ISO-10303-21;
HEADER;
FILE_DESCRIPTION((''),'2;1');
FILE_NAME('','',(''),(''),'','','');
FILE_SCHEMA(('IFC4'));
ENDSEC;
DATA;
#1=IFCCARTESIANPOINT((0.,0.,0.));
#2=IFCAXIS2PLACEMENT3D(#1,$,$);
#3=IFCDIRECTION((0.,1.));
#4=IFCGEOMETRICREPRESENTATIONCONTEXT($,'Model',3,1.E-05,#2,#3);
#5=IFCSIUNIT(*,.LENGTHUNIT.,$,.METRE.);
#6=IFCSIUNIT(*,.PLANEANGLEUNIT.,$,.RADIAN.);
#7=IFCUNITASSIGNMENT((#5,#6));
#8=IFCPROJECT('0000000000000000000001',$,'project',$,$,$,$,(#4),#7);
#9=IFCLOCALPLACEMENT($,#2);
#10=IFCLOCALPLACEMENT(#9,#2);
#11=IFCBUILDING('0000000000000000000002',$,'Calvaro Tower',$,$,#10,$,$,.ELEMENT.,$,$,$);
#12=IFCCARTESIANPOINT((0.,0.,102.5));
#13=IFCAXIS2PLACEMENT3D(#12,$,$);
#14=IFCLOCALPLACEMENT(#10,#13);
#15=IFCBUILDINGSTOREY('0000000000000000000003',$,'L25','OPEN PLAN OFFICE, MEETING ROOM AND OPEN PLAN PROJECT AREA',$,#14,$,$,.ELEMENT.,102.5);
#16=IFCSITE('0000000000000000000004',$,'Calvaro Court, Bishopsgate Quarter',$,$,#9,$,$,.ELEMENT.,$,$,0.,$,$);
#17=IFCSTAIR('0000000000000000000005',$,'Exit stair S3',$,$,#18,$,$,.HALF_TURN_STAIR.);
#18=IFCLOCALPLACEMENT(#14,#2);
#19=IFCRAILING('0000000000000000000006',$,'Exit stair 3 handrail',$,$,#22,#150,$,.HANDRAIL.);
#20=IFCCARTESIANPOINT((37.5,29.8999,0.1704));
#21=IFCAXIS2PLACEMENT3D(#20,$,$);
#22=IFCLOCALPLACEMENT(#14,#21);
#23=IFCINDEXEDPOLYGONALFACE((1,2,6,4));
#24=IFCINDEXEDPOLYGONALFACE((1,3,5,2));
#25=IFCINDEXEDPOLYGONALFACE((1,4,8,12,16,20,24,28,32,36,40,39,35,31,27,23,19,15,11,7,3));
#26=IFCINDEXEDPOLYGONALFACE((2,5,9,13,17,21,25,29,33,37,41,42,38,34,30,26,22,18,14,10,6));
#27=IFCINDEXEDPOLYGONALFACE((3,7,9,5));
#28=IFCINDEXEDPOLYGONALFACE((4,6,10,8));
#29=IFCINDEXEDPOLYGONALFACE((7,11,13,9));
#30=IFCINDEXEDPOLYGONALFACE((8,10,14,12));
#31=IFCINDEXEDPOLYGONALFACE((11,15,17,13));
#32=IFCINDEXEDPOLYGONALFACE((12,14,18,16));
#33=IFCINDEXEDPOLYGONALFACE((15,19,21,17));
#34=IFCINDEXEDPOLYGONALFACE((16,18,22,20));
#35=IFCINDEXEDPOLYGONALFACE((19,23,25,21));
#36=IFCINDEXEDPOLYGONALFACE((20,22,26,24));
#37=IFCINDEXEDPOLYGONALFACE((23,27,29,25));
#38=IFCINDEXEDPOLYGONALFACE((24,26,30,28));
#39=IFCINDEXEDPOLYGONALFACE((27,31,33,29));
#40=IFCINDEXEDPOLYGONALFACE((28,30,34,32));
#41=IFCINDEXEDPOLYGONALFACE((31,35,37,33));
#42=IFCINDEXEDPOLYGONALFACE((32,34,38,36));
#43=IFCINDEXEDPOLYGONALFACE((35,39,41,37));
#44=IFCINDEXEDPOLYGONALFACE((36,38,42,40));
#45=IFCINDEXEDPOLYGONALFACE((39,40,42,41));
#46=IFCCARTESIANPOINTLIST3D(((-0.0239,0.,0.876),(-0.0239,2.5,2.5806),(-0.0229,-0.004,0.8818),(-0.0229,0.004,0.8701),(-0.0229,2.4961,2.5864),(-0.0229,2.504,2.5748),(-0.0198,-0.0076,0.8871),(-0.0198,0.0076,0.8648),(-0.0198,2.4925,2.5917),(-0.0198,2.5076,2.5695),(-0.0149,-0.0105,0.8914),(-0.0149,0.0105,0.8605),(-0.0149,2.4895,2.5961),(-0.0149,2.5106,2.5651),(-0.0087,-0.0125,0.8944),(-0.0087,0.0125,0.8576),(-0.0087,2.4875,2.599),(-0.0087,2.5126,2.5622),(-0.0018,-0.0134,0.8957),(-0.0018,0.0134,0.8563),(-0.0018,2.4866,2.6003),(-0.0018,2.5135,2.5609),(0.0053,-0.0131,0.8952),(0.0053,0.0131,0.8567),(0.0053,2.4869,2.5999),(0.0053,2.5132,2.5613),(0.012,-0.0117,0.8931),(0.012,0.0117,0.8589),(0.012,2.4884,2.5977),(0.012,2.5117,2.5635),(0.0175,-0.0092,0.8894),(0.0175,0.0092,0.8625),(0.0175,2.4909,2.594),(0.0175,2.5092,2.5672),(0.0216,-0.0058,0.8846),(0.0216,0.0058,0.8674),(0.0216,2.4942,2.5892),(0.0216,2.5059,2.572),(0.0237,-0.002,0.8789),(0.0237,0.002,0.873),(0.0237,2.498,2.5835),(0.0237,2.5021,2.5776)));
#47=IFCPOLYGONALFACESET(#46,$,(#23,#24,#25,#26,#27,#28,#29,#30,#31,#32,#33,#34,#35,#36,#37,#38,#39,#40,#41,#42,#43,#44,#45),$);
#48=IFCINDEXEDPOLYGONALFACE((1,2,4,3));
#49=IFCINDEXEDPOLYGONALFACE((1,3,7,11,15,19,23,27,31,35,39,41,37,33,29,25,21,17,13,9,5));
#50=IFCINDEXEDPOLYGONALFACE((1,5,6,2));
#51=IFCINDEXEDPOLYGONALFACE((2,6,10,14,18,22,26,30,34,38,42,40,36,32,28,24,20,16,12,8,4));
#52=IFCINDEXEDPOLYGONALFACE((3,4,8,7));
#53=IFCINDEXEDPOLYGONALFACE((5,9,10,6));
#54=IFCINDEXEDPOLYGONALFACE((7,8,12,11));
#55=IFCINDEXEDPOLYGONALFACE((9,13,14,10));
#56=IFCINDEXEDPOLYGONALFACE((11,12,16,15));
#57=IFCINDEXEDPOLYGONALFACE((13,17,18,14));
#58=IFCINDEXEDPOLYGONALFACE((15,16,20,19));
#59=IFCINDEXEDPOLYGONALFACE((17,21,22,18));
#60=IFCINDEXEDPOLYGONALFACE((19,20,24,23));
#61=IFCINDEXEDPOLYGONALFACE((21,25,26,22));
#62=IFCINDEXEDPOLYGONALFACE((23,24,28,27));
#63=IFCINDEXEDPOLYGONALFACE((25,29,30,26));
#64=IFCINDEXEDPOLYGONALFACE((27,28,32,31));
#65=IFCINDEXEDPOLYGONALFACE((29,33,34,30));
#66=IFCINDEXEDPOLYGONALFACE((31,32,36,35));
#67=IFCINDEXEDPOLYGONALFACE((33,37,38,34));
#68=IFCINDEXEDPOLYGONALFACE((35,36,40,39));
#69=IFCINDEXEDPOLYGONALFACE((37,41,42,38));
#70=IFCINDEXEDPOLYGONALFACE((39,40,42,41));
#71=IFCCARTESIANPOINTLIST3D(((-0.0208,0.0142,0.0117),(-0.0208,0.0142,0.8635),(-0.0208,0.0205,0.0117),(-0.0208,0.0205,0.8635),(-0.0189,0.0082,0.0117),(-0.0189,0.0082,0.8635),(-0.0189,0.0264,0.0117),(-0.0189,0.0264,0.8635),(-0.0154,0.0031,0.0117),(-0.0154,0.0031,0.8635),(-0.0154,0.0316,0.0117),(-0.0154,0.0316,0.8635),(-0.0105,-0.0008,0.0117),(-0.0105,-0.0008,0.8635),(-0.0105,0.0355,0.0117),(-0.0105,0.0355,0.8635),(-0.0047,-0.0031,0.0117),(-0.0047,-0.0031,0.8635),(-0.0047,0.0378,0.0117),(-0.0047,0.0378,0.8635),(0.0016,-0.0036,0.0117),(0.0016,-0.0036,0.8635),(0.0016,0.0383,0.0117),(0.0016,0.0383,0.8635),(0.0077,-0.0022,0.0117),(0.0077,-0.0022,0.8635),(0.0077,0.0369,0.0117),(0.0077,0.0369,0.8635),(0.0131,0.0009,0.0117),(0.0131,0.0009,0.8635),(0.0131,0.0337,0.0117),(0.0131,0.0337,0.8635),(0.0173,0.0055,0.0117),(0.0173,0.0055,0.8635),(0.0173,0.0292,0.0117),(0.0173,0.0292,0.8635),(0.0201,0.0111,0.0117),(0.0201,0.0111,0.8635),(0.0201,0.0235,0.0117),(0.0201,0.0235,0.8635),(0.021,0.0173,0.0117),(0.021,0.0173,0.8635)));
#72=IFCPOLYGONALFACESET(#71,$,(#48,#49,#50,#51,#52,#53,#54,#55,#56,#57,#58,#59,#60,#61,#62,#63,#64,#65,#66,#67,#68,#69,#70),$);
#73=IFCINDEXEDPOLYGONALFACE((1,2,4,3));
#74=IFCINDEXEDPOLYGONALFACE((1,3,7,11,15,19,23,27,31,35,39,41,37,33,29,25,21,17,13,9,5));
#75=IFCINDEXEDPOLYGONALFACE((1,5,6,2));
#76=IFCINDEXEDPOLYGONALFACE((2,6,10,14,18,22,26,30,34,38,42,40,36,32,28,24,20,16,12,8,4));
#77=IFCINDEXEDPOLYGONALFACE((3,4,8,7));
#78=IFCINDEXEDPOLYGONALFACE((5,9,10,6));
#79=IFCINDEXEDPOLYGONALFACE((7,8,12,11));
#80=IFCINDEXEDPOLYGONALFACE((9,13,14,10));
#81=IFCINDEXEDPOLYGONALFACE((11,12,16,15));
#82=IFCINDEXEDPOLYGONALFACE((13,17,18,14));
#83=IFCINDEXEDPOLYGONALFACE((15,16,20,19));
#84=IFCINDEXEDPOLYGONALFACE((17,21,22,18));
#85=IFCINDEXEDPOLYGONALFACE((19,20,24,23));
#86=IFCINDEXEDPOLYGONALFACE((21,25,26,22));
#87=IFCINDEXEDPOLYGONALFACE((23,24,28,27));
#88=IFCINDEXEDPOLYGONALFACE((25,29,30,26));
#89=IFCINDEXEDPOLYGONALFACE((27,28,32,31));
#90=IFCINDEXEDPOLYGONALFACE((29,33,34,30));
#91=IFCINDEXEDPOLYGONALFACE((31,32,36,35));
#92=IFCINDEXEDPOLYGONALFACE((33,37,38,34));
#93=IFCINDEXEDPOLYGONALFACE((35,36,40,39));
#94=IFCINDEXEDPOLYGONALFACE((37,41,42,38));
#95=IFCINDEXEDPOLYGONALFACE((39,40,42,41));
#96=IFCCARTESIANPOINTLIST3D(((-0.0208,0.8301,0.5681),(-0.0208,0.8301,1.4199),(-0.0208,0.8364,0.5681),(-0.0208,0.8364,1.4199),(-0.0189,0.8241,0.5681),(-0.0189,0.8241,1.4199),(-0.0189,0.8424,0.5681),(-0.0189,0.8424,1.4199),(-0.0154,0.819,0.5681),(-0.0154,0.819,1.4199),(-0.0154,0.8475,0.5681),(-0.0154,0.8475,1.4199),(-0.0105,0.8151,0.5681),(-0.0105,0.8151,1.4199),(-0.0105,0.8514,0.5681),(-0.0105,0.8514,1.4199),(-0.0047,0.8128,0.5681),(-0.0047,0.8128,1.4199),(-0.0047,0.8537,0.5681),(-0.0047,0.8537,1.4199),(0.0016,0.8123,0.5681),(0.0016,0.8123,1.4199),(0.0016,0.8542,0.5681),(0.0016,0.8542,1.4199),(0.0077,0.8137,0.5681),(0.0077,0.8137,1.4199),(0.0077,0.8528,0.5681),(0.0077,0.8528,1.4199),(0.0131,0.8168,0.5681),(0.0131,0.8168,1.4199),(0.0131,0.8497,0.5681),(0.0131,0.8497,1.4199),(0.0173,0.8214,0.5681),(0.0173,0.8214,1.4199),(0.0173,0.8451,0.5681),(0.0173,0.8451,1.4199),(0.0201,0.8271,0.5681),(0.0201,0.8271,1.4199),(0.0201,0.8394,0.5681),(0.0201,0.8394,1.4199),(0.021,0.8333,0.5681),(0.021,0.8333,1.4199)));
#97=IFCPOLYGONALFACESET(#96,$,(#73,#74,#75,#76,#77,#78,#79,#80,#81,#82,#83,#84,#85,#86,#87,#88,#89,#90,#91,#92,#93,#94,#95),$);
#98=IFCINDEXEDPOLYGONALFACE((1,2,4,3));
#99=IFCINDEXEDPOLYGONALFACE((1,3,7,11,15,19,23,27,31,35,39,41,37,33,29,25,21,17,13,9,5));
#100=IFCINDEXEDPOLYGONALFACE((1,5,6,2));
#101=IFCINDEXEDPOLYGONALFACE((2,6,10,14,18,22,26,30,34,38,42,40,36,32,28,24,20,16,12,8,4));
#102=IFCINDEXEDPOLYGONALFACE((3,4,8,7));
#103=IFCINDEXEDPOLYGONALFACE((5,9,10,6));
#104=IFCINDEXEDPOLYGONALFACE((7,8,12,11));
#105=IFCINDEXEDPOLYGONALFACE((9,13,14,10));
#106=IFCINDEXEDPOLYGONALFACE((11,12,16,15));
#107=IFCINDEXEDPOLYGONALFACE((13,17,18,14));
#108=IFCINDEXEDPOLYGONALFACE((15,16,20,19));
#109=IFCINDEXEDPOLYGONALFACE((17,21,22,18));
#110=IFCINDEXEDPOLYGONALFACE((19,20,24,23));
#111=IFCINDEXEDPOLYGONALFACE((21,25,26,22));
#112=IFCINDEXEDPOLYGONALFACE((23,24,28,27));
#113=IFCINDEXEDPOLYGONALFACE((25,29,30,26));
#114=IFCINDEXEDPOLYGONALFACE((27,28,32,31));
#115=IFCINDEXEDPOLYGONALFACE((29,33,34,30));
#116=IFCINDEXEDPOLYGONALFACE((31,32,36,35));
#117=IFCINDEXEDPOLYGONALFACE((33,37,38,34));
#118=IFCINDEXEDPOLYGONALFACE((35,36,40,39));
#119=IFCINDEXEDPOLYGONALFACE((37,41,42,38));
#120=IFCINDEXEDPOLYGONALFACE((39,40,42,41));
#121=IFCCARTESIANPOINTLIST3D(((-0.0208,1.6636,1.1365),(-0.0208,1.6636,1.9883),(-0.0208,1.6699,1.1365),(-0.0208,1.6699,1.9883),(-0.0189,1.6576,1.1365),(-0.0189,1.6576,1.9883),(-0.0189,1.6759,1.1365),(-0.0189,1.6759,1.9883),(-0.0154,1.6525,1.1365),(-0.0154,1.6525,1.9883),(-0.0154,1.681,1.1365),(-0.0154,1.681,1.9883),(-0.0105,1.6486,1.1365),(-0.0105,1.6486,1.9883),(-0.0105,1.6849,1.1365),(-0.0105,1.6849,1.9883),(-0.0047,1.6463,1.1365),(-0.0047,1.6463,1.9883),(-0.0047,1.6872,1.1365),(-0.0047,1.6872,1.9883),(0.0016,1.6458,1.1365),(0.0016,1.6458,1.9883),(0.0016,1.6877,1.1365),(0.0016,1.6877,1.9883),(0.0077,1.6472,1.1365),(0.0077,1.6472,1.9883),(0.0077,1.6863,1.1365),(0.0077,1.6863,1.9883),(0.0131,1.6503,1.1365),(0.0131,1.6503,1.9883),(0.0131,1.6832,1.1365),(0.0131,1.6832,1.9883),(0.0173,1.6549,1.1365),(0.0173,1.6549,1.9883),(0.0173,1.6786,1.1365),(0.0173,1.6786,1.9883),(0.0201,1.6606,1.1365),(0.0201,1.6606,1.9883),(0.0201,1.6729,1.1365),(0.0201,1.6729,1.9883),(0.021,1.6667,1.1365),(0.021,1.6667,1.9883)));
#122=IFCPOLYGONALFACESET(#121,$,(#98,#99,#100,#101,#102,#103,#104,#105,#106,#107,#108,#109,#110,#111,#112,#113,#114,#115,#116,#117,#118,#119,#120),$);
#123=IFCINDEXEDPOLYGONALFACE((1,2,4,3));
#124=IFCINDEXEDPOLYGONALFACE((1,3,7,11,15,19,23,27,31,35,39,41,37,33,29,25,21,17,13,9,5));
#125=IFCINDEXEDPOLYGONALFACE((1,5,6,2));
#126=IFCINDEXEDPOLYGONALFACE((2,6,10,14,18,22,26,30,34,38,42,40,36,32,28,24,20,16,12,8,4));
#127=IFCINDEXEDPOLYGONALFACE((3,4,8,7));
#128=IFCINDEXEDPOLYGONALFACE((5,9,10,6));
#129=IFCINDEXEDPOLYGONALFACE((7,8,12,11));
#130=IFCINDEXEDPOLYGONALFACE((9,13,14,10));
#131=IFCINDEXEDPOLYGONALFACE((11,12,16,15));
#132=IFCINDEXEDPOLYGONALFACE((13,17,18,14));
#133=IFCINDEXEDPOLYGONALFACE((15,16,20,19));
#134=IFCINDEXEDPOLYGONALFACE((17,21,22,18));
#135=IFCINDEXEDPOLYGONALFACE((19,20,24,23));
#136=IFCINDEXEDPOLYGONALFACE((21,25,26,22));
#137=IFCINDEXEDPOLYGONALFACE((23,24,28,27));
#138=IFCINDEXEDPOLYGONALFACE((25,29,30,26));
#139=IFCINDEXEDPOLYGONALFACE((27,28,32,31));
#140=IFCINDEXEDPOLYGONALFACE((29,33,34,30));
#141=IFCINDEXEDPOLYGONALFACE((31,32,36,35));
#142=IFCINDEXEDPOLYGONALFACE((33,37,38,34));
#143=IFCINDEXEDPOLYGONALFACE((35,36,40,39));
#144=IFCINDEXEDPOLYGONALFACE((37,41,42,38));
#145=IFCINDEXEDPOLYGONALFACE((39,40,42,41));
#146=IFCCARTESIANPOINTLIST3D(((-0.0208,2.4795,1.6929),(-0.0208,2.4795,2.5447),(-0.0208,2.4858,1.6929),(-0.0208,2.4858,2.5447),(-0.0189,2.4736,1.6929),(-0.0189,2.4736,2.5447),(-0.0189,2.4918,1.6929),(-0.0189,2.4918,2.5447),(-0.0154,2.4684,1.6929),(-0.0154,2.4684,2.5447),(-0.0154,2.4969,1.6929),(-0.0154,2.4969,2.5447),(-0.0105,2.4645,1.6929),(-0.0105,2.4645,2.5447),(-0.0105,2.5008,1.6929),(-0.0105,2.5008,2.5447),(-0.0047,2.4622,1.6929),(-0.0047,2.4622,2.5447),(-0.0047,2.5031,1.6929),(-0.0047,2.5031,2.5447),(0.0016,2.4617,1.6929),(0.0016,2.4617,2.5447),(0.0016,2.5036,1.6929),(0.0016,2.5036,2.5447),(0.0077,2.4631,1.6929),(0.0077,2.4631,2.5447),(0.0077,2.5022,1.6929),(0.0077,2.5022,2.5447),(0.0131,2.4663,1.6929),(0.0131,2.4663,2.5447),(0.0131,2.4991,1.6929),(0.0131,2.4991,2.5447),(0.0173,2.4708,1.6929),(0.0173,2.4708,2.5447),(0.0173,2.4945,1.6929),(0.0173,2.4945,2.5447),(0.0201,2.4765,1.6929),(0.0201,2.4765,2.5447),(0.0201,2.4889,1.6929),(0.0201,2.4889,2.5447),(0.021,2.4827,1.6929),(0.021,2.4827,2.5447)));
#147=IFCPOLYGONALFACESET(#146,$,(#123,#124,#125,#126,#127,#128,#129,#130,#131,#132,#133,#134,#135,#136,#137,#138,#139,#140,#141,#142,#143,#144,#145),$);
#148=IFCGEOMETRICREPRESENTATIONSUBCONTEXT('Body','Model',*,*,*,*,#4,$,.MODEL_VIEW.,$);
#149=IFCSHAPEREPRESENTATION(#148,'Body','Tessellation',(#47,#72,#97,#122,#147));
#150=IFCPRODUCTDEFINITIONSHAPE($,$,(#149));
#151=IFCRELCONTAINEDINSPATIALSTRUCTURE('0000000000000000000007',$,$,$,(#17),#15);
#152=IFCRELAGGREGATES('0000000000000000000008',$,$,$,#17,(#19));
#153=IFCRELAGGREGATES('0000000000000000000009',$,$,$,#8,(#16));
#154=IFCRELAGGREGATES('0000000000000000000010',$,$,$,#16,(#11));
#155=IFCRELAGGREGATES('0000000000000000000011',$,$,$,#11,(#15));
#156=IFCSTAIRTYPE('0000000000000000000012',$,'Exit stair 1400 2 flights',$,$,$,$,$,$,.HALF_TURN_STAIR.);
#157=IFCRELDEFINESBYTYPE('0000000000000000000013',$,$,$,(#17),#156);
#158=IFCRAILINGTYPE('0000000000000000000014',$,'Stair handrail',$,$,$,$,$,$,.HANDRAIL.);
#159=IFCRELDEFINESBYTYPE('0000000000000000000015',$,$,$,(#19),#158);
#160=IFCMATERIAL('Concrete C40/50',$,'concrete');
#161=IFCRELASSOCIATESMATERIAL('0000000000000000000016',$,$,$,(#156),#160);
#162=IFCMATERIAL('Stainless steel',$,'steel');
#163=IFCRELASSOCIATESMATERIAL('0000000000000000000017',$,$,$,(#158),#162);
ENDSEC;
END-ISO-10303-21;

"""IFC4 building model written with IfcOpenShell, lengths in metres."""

from ifc_helpers import new_model, si_unit, direction, frame, origin, origin_2d, place, context, subcontext, project, spatial, circle, extrude, material, type_object, element, aggregate, save


model = new_model("IFC4")

# Units and contexts
model_context = context("Model", 3, precision=1e-05, world=origin(), true_north=direction((0.0, 1.0)))
body_context = subcontext(model_context, "Body", "Model", "MODEL_VIEW")
ifc_project = project(units=[si_unit("LENGTHUNIT", "METRE"), si_unit("PLANEANGLEUNIT", "RADIAN")], contexts=[model_context])

# Site, building, storey
site_placement = place(None, origin())
site = spatial("IfcSite", under=ifc_project, at=site_placement, Name="Calvaro Court, Bishopsgate Quarter", CompositionType="ELEMENT", RefElevation=0.0)
building_placement = place(site_placement, origin())
building = spatial("IfcBuilding", under=site, at=building_placement, Name="Calvaro Tower", CompositionType="ELEMENT")
storey_placement = place(building_placement, frame((0.0, 0.0, 102.5)))
storey = spatial("IfcBuildingStorey", under=building, at=storey_placement, Name="L25", Description="OPEN PLAN OFFICE, MEETING ROOM AND OPEN PLAN PROJECT AREA", CompositionType="ELEMENT", Elevation=102.5)

# Stair
ifc_material_1 = material(Name="Concrete C40/50", Category="concrete")
stair_type = type_object("IfcStairType", Name="Exit stair 1400 2 flights", PredefinedType="HALF_TURN_STAIR", material=ifc_material_1)
stair_1_placement = place(storey_placement, origin())
stair_1 = element("IfcStair", 1, at=stair_1_placement, inside=storey, type_object=stair_type, Name="Exit stair S3", PredefinedType="HALF_TURN_STAIR")

# Railing
ifc_material_2 = material(Name="Stainless steel", Category="steel")
railing_type = type_object("IfcRailingType", Name="Stair handrail", PredefinedType="HANDRAIL", material=ifc_material_2)
railing_1_placement = place(storey_placement, frame((37.5, 29.8999, 0.1704)))
railing_1 = element("IfcRailing", 2, at=railing_1_placement, type_object=railing_type, Name="Exit stair 3 handrail", PredefinedType="HANDRAIL", context=body_context, shape_type="SweptSolid", body=[
    extrude(circle(Radius=0.0239, at=origin_2d()), frame((0.0, 0.0, 0.876), z_axis=(0.0, 0.826221, 0.563347), x_axis=(-1.0, 0.0, 0.0)), (0.0, 0.0, 1.0), 3.0259),
    extrude(circle(Radius=0.021, at=origin_2d()), frame((0.0, 0.0173, 0.0117)), (0.0, 0.0, 1.0), 0.8518),
    extrude(circle(Radius=0.021, at=origin_2d()), frame((0.0, 0.8333, 0.5681)), (0.0, 0.0, 1.0), 0.8518),
    extrude(circle(Radius=0.021, at=origin_2d()), frame((0.0, 1.6667, 1.1365)), (0.0, 0.0, 1.0), 0.8518),
    extrude(circle(Radius=0.021, at=origin_2d()), frame((0.0, 2.4827, 1.6929)), (0.0, 0.0, 1.0), 0.8518),
])
aggregate(stair_1, [railing_1])

save(model, "model.ifc")
